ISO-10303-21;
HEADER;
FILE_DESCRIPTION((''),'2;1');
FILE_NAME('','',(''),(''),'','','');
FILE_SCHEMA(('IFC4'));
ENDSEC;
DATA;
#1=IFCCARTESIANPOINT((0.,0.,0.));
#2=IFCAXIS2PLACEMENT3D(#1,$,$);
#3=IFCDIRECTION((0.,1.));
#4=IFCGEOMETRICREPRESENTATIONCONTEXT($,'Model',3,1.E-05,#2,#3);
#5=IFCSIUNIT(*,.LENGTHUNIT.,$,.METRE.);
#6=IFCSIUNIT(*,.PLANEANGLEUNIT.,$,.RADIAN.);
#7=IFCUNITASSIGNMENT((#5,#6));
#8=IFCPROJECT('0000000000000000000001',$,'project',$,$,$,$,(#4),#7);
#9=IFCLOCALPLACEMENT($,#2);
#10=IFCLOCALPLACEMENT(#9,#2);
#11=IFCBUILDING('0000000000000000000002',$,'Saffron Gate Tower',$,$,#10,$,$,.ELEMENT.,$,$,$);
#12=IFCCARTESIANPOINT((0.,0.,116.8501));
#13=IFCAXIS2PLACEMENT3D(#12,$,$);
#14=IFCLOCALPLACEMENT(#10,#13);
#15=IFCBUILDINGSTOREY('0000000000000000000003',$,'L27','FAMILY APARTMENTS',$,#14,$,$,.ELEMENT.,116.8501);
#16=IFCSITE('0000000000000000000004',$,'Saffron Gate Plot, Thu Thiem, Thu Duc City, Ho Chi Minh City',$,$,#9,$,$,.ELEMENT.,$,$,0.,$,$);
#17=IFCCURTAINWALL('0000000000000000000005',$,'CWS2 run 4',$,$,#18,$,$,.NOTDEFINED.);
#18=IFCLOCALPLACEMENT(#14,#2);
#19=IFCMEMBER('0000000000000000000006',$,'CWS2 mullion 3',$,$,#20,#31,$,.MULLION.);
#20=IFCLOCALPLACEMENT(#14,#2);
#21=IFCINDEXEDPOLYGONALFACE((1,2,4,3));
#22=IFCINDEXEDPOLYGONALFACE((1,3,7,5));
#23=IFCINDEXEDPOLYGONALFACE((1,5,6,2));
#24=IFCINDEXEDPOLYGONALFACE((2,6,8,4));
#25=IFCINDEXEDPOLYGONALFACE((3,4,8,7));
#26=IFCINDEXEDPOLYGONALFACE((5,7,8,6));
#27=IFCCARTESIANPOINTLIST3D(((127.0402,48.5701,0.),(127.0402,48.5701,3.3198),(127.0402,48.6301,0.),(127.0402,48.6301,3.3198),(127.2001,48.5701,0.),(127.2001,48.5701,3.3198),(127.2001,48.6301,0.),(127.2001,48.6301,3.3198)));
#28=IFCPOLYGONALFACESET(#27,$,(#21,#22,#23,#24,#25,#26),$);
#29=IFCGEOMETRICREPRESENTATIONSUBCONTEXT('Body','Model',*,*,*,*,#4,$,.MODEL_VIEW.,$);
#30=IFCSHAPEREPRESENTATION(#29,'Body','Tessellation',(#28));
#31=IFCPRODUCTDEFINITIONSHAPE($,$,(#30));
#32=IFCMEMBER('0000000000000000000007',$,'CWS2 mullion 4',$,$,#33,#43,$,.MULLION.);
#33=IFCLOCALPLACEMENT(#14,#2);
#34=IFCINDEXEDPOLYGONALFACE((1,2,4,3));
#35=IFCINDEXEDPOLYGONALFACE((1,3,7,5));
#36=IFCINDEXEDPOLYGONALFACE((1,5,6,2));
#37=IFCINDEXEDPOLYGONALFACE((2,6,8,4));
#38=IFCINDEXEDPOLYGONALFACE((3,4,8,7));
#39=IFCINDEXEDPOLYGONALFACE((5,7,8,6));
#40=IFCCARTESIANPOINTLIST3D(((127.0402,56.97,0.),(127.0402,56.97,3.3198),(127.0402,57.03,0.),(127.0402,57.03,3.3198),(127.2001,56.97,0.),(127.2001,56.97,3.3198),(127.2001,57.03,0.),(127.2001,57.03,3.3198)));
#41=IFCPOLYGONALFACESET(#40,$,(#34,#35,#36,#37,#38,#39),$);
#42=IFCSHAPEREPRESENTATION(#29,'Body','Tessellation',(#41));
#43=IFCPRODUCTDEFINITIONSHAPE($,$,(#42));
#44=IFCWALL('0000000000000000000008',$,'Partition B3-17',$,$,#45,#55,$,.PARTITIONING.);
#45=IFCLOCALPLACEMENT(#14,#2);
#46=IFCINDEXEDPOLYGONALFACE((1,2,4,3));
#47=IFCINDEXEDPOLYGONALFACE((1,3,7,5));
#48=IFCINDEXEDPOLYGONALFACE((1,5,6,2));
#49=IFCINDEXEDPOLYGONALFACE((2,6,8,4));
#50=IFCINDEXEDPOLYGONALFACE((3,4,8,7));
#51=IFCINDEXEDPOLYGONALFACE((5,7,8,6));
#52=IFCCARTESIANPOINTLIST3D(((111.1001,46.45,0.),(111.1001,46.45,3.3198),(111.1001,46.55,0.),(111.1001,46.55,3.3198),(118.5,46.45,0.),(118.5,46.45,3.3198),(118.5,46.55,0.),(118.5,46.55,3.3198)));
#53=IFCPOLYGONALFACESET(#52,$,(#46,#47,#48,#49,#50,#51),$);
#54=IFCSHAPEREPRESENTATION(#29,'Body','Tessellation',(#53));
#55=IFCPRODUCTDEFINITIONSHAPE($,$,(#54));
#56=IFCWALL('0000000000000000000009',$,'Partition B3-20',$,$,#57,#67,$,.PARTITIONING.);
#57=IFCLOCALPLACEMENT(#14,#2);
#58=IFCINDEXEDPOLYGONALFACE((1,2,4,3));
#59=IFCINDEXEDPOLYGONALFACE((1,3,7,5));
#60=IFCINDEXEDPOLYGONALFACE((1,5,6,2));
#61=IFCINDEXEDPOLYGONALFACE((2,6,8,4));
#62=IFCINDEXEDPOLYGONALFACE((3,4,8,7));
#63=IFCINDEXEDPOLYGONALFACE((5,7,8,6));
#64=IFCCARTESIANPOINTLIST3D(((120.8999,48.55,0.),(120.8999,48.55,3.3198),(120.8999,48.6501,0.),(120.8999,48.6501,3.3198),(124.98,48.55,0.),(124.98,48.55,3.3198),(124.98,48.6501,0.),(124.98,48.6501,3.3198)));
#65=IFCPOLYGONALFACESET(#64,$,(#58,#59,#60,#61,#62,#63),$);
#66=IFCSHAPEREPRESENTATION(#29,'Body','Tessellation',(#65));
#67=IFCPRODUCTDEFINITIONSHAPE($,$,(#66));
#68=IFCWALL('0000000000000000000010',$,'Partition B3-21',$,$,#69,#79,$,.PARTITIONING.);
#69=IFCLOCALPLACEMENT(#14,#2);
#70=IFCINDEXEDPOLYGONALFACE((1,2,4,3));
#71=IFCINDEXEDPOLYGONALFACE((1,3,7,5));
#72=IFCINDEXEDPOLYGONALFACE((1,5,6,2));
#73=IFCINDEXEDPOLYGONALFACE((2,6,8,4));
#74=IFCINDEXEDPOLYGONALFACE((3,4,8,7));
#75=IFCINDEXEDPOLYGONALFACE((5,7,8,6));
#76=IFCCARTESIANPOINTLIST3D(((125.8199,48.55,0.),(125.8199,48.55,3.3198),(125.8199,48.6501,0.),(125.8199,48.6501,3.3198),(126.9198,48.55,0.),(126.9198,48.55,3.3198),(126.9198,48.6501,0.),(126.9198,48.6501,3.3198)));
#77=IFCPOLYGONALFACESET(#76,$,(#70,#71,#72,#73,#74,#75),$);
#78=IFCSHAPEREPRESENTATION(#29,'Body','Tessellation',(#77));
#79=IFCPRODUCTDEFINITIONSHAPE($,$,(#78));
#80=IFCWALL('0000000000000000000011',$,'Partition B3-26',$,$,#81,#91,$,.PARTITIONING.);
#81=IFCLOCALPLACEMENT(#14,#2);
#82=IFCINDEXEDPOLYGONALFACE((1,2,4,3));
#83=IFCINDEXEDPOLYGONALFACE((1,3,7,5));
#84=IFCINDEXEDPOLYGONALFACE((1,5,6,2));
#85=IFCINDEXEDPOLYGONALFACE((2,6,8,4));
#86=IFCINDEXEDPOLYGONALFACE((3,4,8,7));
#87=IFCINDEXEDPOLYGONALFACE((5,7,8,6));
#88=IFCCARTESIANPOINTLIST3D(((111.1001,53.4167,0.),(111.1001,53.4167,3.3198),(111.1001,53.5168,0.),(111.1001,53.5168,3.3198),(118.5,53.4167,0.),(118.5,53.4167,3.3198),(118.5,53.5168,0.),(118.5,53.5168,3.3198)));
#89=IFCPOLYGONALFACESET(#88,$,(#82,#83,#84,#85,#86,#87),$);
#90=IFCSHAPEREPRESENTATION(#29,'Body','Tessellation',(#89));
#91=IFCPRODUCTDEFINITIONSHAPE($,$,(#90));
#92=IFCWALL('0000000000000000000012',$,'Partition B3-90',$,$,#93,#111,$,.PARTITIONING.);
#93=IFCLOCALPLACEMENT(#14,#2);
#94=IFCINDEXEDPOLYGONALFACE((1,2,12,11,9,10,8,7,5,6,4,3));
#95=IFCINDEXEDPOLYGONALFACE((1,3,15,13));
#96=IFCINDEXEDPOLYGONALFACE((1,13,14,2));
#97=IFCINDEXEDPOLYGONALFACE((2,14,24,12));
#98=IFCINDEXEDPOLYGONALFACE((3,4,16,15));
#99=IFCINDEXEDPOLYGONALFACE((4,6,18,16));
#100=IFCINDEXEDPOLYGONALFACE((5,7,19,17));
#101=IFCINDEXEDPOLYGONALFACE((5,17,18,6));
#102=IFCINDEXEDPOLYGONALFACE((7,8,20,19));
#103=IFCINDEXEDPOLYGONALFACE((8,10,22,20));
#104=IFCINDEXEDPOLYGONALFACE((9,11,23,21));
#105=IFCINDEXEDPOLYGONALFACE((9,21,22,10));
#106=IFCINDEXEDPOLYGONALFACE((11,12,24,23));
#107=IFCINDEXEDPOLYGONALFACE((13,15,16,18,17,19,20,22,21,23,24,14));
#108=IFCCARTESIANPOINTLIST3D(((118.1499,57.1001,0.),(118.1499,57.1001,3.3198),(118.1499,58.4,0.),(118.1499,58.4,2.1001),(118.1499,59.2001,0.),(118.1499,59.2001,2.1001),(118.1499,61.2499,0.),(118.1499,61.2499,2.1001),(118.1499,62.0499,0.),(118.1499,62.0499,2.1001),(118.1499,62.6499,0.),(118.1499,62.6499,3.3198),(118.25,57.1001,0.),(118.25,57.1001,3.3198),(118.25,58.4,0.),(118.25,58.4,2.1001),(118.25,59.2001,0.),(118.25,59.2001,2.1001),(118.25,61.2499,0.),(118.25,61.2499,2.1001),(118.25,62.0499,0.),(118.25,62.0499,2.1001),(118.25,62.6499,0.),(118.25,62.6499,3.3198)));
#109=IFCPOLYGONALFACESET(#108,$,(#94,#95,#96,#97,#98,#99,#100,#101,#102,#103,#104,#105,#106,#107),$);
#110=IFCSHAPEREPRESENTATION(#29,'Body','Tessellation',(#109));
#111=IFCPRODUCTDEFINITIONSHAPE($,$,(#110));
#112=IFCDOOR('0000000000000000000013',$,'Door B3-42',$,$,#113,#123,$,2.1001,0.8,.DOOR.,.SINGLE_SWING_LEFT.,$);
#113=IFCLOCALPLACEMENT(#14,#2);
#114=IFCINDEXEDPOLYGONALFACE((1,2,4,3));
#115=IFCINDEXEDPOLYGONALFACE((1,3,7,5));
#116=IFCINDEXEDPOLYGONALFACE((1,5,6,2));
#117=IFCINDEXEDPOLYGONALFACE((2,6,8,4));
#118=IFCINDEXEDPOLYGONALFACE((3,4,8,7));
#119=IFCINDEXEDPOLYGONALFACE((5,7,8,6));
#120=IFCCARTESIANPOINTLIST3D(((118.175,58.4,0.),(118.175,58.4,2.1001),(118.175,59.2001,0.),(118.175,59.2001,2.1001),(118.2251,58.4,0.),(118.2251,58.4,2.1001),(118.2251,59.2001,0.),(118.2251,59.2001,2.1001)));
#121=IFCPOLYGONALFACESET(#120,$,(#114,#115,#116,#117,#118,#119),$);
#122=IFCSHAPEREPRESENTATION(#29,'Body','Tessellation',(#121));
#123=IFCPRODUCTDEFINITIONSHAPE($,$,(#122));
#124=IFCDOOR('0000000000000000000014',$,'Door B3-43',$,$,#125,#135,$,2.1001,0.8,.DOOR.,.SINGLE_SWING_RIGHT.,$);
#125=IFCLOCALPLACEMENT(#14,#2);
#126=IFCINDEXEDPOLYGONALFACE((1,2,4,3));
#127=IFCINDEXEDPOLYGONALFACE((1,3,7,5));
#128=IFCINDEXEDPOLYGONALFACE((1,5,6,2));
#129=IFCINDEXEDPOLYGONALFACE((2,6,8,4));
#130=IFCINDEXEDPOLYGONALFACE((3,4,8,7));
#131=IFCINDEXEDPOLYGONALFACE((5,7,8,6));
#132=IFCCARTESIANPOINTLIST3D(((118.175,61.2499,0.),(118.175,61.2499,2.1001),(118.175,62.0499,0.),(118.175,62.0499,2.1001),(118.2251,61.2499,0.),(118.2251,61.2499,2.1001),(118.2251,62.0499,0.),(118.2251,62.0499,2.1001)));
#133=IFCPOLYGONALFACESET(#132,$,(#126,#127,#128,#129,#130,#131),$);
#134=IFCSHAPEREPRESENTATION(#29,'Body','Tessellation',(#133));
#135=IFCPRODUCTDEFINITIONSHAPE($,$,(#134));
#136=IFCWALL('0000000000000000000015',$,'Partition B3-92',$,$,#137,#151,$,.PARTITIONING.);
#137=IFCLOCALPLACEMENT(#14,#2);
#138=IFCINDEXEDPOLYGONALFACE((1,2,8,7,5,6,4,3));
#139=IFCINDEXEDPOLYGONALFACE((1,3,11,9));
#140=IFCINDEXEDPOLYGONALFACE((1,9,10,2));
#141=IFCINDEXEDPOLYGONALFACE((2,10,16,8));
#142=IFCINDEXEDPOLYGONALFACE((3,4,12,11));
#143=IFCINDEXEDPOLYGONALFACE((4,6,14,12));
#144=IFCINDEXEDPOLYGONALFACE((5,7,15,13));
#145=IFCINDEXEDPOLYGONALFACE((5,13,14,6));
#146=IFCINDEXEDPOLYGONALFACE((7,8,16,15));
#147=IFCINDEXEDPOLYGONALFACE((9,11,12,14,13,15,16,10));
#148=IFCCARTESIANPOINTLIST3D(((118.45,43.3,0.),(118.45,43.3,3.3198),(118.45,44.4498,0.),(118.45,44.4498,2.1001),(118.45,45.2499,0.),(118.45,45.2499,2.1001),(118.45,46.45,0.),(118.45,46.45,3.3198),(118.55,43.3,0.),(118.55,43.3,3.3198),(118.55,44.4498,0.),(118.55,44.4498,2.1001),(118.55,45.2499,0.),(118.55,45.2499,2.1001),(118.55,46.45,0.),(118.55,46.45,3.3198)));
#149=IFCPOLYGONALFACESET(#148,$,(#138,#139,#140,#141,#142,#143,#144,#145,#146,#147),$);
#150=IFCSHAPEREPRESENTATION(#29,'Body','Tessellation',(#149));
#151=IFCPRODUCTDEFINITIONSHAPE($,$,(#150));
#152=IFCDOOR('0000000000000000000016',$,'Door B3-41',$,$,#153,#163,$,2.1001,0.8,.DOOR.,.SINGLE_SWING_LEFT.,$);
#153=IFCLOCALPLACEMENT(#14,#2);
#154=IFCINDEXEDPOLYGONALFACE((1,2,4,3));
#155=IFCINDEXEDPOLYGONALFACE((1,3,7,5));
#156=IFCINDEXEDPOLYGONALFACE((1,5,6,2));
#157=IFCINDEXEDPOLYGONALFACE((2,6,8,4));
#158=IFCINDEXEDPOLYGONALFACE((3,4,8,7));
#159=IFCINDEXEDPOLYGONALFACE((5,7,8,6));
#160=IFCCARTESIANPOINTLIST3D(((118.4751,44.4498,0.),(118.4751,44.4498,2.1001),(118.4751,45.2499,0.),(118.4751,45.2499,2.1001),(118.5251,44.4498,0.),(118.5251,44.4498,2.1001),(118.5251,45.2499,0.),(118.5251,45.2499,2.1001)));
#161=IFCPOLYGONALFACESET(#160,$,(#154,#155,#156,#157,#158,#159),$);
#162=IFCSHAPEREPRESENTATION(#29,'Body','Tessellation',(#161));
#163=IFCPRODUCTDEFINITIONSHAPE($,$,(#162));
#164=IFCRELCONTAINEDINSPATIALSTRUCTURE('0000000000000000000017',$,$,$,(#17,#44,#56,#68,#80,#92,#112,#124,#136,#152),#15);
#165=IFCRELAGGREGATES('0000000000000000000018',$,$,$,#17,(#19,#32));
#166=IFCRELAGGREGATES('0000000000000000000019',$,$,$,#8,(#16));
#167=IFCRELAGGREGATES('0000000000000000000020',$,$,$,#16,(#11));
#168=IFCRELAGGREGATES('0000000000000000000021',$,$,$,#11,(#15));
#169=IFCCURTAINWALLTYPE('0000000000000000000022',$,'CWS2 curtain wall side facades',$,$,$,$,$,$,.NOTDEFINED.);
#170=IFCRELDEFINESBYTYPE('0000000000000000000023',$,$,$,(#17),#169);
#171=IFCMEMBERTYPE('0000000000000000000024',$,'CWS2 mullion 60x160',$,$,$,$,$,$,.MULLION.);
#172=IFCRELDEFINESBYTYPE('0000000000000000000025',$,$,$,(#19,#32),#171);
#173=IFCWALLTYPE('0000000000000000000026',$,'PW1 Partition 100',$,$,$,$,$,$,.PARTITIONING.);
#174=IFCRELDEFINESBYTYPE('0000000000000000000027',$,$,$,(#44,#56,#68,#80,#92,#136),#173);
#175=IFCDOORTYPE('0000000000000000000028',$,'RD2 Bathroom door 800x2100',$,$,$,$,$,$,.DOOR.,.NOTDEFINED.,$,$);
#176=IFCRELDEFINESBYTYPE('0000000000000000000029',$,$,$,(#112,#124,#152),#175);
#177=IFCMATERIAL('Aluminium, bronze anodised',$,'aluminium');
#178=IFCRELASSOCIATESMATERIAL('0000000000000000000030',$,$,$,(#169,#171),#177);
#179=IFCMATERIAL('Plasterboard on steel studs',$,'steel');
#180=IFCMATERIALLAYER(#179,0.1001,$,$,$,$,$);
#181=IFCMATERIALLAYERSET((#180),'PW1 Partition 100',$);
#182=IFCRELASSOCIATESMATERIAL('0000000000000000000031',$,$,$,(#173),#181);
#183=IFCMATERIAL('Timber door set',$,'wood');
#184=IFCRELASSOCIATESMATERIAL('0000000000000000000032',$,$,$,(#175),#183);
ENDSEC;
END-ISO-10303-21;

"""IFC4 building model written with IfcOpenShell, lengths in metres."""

from ifc_helpers import new_model, si_unit, direction, frame, frame_2d, origin, origin_2d, place, context, subcontext, project, spatial, rectangle, extrude, material, layer, layer_set, material_profile, profile_set, type_object, element, fill, aggregate, save


model = new_model("IFC4")

# Units and contexts
model_context = context("Model", 3, precision=1e-05, world=origin(), true_north=direction((0.0, 1.0)))
body_context = subcontext(model_context, "Body", "Model", "MODEL_VIEW")
ifc_project = project(units=[si_unit("LENGTHUNIT", "METRE"), si_unit("PLANEANGLEUNIT", "RADIAN")], contexts=[model_context])

# Site, building, storey
site_placement = place(None, origin())
site = spatial("IfcSite", under=ifc_project, at=site_placement, Name="Saffron Gate Plot, Thu Thiem, Thu Duc City, Ho Chi Minh City", CompositionType="ELEMENT", RefElevation=0.0)
building_placement = place(site_placement, origin())
building = spatial("IfcBuilding", under=site, at=building_placement, Name="Saffron Gate Tower", CompositionType="ELEMENT")
storey_placement = place(building_placement, frame((0.0, 0.0, 116.8501)))
storey = spatial("IfcBuildingStorey", under=building, at=storey_placement, Name="L27", Description="FAMILY APARTMENTS", CompositionType="ELEMENT", Elevation=116.8501)

# Curtain wall, members
ifc_material_1 = material(Name="Aluminium, bronze anodised", Category="aluminium")
curtain_wall_type = type_object("IfcCurtainWallType", Name="CWS2 curtain wall side facades", PredefinedType="NOTDEFINED", material=ifc_material_1)
curtain_wall_placement = place(storey_placement, origin())
curtain_wall = element("IfcCurtainWall", 1, at=curtain_wall_placement, inside=storey, type_object=curtain_wall_type, Name="CWS2 run 4", PredefinedType="NOTDEFINED")
ifc_material_profile_1 = material_profile(ifc_material_1, rectangle(XDim=0.1599, YDim=0.0601, at=origin_2d()))
ifc_profile_set_1 = profile_set([ifc_material_profile_1], Name="Aluminium, bronze anodised")
member_type = type_object("IfcMemberType", Name="CWS2 mullion 60x160", PredefinedType="MULLION", material=ifc_profile_set_1)
member_1_placement = place(storey_placement, frame((127.1201, 48.6001, 0.0), z_axis=(0.0, 0.0, 1.0), x_axis=(-1.0, 0.0, 0.0)))
member_1 = element("IfcMember", 2, at=member_1_placement, type_object=member_type, Name="CWS2 mullion 3", PredefinedType="MULLION", context=body_context, shape_type="SweptSolid", body=[
    extrude(rectangle(XDim=0.1599, YDim=0.0601, at=origin_2d()), origin(), (0.0, 0.0, 1.0), 3.3198),
])
member_2_placement = place(storey_placement, frame((127.1201, 57.0, 0.0), z_axis=(0.0, 0.0, 1.0), x_axis=(-1.0, 0.0, 0.0)))
member_2 = element("IfcMember", 3, at=member_2_placement, type_object=member_type, Name="CWS2 mullion 4", PredefinedType="MULLION", context=body_context, shape_type="SweptSolid", body=[
    extrude(rectangle(XDim=0.1599, YDim=0.0601, at=origin_2d()), origin(), (0.0, 0.0, 1.0), 3.3198),
])
aggregate(curtain_wall, [member_1, member_2])

# Walls
ifc_material_2 = material(Name="Plasterboard on steel studs", Category="steel")
ifc_layer_1 = layer(ifc_material_2, 0.1001)
ifc_layer_set_1 = layer_set([ifc_layer_1], Name="PW1 Partition 100")
wall_type_1 = type_object("IfcWallType", Name="PW1 Partition 100", PredefinedType="PARTITIONING", material=ifc_layer_set_1)
wall_1_placement = place(storey_placement, frame((111.1001, 46.5, 0.0), z_axis=(0.0, 0.0, 1.0), x_axis=(1.0, 0.0, 0.0)))
element("IfcWall", 4, at=wall_1_placement, inside=storey, type_object=wall_type_1, Name="Partition B3-17", PredefinedType="PARTITIONING", context=body_context, shape_type="SweptSolid", body=[
    extrude(rectangle(XDim=7.3999, YDim=0.1001, at=frame_2d((3.7, 0.0))), origin(), (0.0, 0.0, 1.0), 3.3198),
])
wall_2_placement = place(storey_placement, frame((120.8999, 48.6001, 0.0), z_axis=(0.0, 0.0, 1.0), x_axis=(1.0, 0.0, 0.0)))
element("IfcWall", 5, at=wall_2_placement, inside=storey, type_object=wall_type_1, Name="Partition B3-20", PredefinedType="PARTITIONING", context=body_context, shape_type="SweptSolid", body=[
    extrude(rectangle(XDim=4.0801, YDim=0.1001, at=frame_2d((2.04, 0.0))), origin(), (0.0, 0.0, 1.0), 3.3198),
])
wall_3_placement = place(storey_placement, frame((125.8201, 48.6001, 0.0), z_axis=(0.0, 0.0, 1.0), x_axis=(1.0, 0.0, 0.0)))
element("IfcWall", 6, at=wall_3_placement, inside=storey, type_object=wall_type_1, Name="Partition B3-21", PredefinedType="PARTITIONING", context=body_context, shape_type="SweptSolid", body=[
    extrude(rectangle(XDim=1.0999, YDim=0.1001, at=frame_2d((0.5498, 0.0))), origin(), (0.0, 0.0, 1.0), 3.3198),
])
wall_4_placement = place(storey_placement, frame((111.1001, 53.4668, 0.0), z_axis=(0.0, 0.0, 1.0), x_axis=(1.0, 0.0, 0.0)))
element("IfcWall", 7, at=wall_4_placement, inside=storey, type_object=wall_type_1, Name="Partition B3-26", PredefinedType="PARTITIONING", context=body_context, shape_type="SweptSolid", body=[
    extrude(rectangle(XDim=7.3999, YDim=0.1001, at=frame_2d((3.7, 0.0))), origin(), (0.0, 0.0, 1.0), 3.3198),
])

# Wall, openings, doors
wall_5_placement = place(storey_placement, frame((118.2, 57.1001, 0.0), z_axis=(0.0, 0.0, 1.0), x_axis=(0.0, 1.0, 0.0)))
wall_5 = element("IfcWall", 8, at=wall_5_placement, inside=storey, type_object=wall_type_1, Name="Partition B3-90", PredefinedType="PARTITIONING", context=body_context, shape_type="SweptSolid", body=[
    extrude(rectangle(XDim=5.5498, YDim=0.1001, at=frame_2d((2.7749, 0.0))), origin(), (0.0, 0.0, 1.0), 3.3198),
])
opening_1_placement = place(wall_5_placement, frame((1.3, 0.0, 0.0)))
opening_1 = element("IfcOpeningElement", 9, at=opening_1_placement, cuts=wall_5, PredefinedType="OPENING", context=body_context, shape_type="SweptSolid", body=[
    extrude(rectangle(XDim=0.8, YDim=2.1001, at=frame_2d((0.3999, 1.05))), frame((0.0, 0.0601, 0.0), z_axis=(0.0, -1.0, 0.0), x_axis=(1.0, 0.0, 0.0)), (0.0, 0.0, 1.0), 0.1201),
])
opening_2_placement = place(wall_5_placement, frame((4.1499, 0.0, 0.0)))
opening_2 = element("IfcOpeningElement", 10, at=opening_2_placement, cuts=wall_5, PredefinedType="OPENING", context=body_context, shape_type="SweptSolid", body=[
    extrude(rectangle(XDim=0.8, YDim=2.1001, at=frame_2d((0.3999, 1.05))), frame((0.0, 0.0601, 0.0), z_axis=(0.0, -1.0, 0.0), x_axis=(1.0, 0.0, 0.0)), (0.0, 0.0, 1.0), 0.1201),
])
ifc_material_3 = material(Name="Timber door set", Category="wood")
door_type_1 = type_object("IfcDoorType", Name="RD2 Bathroom door 800x2100", OperationType="NOTDEFINED", PredefinedType="DOOR", material=ifc_material_3)
door_1_placement = place(opening_1_placement, origin())
door_1 = element("IfcDoor", 11, at=door_1_placement, inside=storey, type_object=door_type_1, Name="Door B3-42", OperationType="SINGLE_SWING_LEFT", OverallHeight=2.1001, OverallWidth=0.8, PredefinedType="DOOR", context=body_context, shape_type="SweptSolid", body=[
    extrude(rectangle(XDim=0.8, YDim=2.1001, at=frame_2d((0.3999, 1.05))), frame((0.0, 0.0249, 0.0), z_axis=(0.0, -1.0, 0.0), x_axis=(1.0, 0.0, 0.0)), (0.0, 0.0, 1.0), 0.05),
])
fill(opening_1, door_1)
door_2_placement = place(opening_2_placement, origin())
door_2 = element("IfcDoor", 12, at=door_2_placement, inside=storey, type_object=door_type_1, Name="Door B3-43", OperationType="SINGLE_SWING_RIGHT", OverallHeight=2.1001, OverallWidth=0.8, PredefinedType="DOOR", context=body_context, shape_type="SweptSolid", body=[
    extrude(rectangle(XDim=0.8, YDim=2.1001, at=frame_2d((0.3999, 1.05))), frame((0.0, 0.0249, 0.0), z_axis=(0.0, -1.0, 0.0), x_axis=(1.0, 0.0, 0.0)), (0.0, 0.0, 1.0), 0.05),
])
fill(opening_2, door_2)

# Wall, opening, door
wall_6_placement = place(storey_placement, frame((118.5, 43.3, 0.0), z_axis=(0.0, 0.0, 1.0), x_axis=(0.0, 1.0, 0.0)))
wall_6 = element("IfcWall", 13, at=wall_6_placement, inside=storey, type_object=wall_type_1, Name="Partition B3-92", PredefinedType="PARTITIONING", context=body_context, shape_type="SweptSolid", body=[
    extrude(rectangle(XDim=3.1499, YDim=0.1001, at=frame_2d((1.575, 0.0))), origin(), (0.0, 0.0, 1.0), 3.3198),
])
opening_3_placement = place(wall_6_placement, frame((1.1499, 0.0, 0.0)))
opening_3 = element("IfcOpeningElement", 14, at=opening_3_placement, cuts=wall_6, PredefinedType="OPENING", context=body_context, shape_type="SweptSolid", body=[
    extrude(rectangle(XDim=0.8, YDim=2.1001, at=frame_2d((0.3999, 1.05))), frame((0.0, 0.0601, 0.0), z_axis=(0.0, -1.0, 0.0), x_axis=(1.0, 0.0, 0.0)), (0.0, 0.0, 1.0), 0.1201),
])
door_3_placement = place(opening_3_placement, origin())
door_3 = element("IfcDoor", 15, at=door_3_placement, inside=storey, type_object=door_type_1, Name="Door B3-41", OperationType="SINGLE_SWING_LEFT", OverallHeight=2.1001, OverallWidth=0.8, PredefinedType="DOOR", context=body_context, shape_type="SweptSolid", body=[
    extrude(rectangle(XDim=0.8, YDim=2.1001, at=frame_2d((0.3999, 1.05))), frame((0.0, 0.0249, 0.0), z_axis=(0.0, -1.0, 0.0), x_axis=(1.0, 0.0, 0.0)), (0.0, 0.0, 1.0), 0.05),
])
fill(opening_3, door_3)

save(model, "model.ifc")
